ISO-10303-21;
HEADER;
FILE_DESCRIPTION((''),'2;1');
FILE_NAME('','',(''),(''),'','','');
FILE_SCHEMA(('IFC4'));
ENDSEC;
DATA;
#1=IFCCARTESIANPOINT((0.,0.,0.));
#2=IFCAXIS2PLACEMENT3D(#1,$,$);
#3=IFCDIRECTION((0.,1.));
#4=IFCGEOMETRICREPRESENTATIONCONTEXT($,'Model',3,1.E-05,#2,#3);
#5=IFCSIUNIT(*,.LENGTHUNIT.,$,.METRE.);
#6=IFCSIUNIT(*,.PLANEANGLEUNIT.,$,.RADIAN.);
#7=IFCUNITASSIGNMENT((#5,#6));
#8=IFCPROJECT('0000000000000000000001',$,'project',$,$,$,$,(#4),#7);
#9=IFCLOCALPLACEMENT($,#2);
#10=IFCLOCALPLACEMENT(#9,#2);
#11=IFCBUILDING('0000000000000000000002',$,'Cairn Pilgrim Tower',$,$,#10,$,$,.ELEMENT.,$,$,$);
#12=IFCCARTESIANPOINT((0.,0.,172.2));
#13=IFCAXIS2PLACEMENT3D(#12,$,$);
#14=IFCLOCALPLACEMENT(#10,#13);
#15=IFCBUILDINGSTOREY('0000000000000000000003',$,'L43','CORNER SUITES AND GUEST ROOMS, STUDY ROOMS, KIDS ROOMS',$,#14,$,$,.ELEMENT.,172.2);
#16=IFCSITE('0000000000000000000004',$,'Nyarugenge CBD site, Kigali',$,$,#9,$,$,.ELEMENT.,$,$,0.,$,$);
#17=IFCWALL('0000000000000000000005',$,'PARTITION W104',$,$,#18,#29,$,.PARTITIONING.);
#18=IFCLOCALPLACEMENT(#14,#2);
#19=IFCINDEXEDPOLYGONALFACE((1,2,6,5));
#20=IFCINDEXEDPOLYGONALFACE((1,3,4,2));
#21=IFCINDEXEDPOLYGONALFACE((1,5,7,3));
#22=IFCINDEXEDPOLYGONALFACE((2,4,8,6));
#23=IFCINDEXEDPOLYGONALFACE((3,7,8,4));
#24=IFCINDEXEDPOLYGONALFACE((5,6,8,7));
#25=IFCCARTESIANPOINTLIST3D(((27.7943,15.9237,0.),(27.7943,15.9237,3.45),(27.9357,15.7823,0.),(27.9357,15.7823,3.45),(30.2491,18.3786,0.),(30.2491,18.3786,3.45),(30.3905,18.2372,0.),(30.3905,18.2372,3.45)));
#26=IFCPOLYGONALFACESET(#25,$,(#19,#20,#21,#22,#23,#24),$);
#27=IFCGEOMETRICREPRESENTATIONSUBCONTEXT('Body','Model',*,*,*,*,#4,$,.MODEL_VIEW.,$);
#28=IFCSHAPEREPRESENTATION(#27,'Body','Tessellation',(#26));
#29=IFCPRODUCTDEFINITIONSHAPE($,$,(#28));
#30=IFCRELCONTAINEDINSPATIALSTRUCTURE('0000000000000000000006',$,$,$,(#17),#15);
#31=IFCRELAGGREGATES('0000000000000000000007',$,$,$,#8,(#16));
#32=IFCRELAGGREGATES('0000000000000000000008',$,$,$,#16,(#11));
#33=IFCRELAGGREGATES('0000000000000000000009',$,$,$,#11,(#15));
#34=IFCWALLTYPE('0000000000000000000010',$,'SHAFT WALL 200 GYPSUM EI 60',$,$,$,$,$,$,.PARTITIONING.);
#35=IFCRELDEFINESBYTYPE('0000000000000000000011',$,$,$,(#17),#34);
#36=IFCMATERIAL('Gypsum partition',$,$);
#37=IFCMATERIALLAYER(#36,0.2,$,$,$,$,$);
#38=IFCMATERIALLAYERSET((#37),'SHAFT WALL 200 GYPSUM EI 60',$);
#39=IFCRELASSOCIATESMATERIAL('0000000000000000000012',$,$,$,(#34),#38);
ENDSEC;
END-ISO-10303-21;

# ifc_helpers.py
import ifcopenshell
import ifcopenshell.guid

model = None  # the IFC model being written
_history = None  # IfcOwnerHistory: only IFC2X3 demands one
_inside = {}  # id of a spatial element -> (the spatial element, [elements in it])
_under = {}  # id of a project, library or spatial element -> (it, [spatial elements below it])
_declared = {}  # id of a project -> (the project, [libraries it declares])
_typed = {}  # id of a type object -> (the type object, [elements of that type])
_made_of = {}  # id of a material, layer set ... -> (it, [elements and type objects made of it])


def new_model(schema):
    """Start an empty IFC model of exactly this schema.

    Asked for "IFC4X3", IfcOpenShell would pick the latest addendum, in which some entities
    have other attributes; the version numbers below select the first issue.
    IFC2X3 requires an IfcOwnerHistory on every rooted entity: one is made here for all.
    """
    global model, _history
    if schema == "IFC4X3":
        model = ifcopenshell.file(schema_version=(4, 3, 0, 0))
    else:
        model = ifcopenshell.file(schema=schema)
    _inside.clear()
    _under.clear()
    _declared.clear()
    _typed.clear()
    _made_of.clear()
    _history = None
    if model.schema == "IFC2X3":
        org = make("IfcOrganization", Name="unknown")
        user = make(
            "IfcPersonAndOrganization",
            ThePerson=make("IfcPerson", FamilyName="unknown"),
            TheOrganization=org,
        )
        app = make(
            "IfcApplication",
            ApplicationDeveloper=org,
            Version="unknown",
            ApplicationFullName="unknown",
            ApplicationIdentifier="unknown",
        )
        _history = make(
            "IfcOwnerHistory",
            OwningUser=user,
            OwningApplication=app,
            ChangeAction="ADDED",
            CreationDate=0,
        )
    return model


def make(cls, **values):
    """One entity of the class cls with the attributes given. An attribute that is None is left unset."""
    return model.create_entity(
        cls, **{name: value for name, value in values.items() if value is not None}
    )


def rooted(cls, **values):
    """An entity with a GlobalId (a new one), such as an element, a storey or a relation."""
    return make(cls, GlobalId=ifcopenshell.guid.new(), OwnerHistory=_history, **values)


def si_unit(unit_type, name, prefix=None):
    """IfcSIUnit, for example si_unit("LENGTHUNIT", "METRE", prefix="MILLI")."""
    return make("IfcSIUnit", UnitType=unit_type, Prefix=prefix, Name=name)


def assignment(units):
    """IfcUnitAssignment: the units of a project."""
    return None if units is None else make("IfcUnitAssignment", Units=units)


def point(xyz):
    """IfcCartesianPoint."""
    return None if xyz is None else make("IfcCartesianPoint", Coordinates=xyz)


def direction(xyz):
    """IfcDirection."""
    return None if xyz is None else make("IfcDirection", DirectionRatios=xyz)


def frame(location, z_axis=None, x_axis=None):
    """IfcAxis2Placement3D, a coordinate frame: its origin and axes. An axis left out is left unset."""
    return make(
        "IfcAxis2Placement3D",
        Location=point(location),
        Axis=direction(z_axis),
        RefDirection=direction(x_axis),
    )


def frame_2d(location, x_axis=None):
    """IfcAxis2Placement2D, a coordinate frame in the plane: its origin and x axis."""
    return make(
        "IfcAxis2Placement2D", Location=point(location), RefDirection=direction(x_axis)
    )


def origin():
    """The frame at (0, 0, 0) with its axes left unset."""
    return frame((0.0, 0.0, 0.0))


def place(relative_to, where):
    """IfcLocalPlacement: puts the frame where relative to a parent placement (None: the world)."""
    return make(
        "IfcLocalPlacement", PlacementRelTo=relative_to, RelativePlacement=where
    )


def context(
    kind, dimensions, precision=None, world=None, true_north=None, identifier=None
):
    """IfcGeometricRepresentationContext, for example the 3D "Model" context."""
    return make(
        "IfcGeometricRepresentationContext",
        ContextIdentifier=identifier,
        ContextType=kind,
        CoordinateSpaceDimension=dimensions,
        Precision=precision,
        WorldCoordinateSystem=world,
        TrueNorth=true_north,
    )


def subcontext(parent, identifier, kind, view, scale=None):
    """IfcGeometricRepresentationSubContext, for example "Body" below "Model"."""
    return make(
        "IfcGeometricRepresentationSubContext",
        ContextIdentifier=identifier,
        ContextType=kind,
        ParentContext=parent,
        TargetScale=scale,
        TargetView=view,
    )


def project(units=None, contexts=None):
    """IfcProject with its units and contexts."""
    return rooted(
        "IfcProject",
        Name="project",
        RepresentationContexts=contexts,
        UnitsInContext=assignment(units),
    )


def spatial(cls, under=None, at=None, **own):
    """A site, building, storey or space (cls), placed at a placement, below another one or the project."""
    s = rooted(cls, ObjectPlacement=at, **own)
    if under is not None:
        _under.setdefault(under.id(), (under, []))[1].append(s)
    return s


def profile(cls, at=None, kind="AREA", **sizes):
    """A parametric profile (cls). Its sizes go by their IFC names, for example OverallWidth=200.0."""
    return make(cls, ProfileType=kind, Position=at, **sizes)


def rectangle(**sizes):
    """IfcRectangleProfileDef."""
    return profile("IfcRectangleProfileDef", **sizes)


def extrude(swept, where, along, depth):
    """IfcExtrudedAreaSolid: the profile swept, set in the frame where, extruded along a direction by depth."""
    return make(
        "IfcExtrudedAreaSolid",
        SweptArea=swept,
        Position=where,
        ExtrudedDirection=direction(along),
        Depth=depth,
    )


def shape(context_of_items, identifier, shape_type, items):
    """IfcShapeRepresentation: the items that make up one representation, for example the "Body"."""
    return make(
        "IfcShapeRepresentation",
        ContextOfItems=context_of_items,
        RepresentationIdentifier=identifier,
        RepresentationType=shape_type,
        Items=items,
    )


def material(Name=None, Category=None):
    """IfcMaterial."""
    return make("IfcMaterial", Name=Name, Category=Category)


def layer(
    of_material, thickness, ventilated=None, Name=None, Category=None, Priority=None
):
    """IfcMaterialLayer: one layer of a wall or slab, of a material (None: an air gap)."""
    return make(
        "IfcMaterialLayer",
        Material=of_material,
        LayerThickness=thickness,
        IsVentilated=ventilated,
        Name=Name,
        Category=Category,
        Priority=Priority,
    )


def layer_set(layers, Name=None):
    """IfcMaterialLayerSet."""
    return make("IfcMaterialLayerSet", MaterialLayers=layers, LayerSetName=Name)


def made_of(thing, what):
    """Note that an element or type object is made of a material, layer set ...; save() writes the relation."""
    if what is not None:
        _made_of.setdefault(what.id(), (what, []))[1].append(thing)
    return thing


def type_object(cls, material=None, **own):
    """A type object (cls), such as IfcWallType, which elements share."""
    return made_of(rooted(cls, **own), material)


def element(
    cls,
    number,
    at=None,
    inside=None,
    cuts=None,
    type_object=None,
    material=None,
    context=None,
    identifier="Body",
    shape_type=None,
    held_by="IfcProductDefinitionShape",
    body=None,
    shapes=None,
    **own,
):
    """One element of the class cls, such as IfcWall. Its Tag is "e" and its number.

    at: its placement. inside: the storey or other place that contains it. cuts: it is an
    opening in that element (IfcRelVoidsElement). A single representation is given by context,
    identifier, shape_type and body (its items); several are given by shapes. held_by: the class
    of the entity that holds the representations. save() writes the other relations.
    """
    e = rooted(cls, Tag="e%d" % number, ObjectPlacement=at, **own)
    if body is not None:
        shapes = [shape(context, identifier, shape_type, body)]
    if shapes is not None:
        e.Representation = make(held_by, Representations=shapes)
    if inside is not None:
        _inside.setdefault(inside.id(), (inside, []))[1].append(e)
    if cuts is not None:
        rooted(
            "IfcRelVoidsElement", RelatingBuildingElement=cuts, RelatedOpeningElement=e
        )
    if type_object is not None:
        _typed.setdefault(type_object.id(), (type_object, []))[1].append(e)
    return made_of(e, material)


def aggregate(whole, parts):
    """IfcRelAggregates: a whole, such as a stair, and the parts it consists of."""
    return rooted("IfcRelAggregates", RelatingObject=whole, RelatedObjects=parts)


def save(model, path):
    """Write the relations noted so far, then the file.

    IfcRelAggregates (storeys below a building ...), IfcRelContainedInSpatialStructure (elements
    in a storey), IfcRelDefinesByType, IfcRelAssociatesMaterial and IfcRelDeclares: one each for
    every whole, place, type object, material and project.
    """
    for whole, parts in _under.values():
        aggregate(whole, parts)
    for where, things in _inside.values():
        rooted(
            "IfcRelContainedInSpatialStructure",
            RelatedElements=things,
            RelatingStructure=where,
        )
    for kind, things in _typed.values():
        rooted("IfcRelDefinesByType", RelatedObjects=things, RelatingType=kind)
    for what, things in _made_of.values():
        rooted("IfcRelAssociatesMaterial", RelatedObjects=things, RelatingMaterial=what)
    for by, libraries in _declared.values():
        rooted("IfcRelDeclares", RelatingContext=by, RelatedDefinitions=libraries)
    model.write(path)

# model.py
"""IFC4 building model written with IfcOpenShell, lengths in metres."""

from ifc_helpers import new_model, si_unit, direction, frame, frame_2d, origin, place, context, subcontext, project, spatial, rectangle, extrude, material, layer, layer_set, type_object, element, save


model = new_model("IFC4")

# Units and contexts
model_context = context("Model", 3, precision=1e-05, world=origin(), true_north=direction((0.0, 1.0)))
body_context = subcontext(model_context, "Body", "Model", "MODEL_VIEW")
ifc_project = project(units=[si_unit("LENGTHUNIT", "METRE"), si_unit("PLANEANGLEUNIT", "RADIAN")], contexts=[model_context])

# Site, building, storey
site_placement = place(None, origin())
site = spatial("IfcSite", under=ifc_project, at=site_placement, Name="Nyarugenge CBD site, Kigali", CompositionType="ELEMENT", RefElevation=0.0)
building_placement = place(site_placement, origin())
building = spatial("IfcBuilding", under=site, at=building_placement, Name="Cairn Pilgrim Tower", CompositionType="ELEMENT")
storey_placement = place(building_placement, frame((0.0, 0.0, 172.2)))
storey = spatial("IfcBuildingStorey", under=building, at=storey_placement, Name="L43", Description="CORNER SUITES AND GUEST ROOMS, STUDY ROOMS, KIDS ROOMS", CompositionType="ELEMENT", Elevation=172.2)

# Shared definitions
ifc_material_1 = material(Name="Gypsum partition")

# Wall
ifc_layer_1 = layer(ifc_material_1, 0.2)
ifc_layer_set_1 = layer_set([ifc_layer_1], Name="SHAFT WALL 200 GYPSUM EI 60")
wall_type_1 = type_object("IfcWallType", Name="SHAFT WALL 200 GYPSUM EI 60", PredefinedType="PARTITIONING", material=ifc_layer_set_1)
wall_1_placement = place(storey_placement, frame((27.865, 15.853, 0.0), z_axis=(0.0, 0.0, 1.0), x_axis=(0.707107, 0.707107, 0.0)))
element("IfcWall", 1, at=wall_1_placement, inside=storey, type_object=wall_type_1, Name="PARTITION W104", PredefinedType="PARTITIONING", context=body_context, shape_type="SweptSolid", body=[
    extrude(rectangle(XDim=3.4717, YDim=0.2, at=frame_2d((1.7358, 0.0))), origin(), (0.0, 0.0, 1.0), 3.45),
])

save(model, "model.ifc")
